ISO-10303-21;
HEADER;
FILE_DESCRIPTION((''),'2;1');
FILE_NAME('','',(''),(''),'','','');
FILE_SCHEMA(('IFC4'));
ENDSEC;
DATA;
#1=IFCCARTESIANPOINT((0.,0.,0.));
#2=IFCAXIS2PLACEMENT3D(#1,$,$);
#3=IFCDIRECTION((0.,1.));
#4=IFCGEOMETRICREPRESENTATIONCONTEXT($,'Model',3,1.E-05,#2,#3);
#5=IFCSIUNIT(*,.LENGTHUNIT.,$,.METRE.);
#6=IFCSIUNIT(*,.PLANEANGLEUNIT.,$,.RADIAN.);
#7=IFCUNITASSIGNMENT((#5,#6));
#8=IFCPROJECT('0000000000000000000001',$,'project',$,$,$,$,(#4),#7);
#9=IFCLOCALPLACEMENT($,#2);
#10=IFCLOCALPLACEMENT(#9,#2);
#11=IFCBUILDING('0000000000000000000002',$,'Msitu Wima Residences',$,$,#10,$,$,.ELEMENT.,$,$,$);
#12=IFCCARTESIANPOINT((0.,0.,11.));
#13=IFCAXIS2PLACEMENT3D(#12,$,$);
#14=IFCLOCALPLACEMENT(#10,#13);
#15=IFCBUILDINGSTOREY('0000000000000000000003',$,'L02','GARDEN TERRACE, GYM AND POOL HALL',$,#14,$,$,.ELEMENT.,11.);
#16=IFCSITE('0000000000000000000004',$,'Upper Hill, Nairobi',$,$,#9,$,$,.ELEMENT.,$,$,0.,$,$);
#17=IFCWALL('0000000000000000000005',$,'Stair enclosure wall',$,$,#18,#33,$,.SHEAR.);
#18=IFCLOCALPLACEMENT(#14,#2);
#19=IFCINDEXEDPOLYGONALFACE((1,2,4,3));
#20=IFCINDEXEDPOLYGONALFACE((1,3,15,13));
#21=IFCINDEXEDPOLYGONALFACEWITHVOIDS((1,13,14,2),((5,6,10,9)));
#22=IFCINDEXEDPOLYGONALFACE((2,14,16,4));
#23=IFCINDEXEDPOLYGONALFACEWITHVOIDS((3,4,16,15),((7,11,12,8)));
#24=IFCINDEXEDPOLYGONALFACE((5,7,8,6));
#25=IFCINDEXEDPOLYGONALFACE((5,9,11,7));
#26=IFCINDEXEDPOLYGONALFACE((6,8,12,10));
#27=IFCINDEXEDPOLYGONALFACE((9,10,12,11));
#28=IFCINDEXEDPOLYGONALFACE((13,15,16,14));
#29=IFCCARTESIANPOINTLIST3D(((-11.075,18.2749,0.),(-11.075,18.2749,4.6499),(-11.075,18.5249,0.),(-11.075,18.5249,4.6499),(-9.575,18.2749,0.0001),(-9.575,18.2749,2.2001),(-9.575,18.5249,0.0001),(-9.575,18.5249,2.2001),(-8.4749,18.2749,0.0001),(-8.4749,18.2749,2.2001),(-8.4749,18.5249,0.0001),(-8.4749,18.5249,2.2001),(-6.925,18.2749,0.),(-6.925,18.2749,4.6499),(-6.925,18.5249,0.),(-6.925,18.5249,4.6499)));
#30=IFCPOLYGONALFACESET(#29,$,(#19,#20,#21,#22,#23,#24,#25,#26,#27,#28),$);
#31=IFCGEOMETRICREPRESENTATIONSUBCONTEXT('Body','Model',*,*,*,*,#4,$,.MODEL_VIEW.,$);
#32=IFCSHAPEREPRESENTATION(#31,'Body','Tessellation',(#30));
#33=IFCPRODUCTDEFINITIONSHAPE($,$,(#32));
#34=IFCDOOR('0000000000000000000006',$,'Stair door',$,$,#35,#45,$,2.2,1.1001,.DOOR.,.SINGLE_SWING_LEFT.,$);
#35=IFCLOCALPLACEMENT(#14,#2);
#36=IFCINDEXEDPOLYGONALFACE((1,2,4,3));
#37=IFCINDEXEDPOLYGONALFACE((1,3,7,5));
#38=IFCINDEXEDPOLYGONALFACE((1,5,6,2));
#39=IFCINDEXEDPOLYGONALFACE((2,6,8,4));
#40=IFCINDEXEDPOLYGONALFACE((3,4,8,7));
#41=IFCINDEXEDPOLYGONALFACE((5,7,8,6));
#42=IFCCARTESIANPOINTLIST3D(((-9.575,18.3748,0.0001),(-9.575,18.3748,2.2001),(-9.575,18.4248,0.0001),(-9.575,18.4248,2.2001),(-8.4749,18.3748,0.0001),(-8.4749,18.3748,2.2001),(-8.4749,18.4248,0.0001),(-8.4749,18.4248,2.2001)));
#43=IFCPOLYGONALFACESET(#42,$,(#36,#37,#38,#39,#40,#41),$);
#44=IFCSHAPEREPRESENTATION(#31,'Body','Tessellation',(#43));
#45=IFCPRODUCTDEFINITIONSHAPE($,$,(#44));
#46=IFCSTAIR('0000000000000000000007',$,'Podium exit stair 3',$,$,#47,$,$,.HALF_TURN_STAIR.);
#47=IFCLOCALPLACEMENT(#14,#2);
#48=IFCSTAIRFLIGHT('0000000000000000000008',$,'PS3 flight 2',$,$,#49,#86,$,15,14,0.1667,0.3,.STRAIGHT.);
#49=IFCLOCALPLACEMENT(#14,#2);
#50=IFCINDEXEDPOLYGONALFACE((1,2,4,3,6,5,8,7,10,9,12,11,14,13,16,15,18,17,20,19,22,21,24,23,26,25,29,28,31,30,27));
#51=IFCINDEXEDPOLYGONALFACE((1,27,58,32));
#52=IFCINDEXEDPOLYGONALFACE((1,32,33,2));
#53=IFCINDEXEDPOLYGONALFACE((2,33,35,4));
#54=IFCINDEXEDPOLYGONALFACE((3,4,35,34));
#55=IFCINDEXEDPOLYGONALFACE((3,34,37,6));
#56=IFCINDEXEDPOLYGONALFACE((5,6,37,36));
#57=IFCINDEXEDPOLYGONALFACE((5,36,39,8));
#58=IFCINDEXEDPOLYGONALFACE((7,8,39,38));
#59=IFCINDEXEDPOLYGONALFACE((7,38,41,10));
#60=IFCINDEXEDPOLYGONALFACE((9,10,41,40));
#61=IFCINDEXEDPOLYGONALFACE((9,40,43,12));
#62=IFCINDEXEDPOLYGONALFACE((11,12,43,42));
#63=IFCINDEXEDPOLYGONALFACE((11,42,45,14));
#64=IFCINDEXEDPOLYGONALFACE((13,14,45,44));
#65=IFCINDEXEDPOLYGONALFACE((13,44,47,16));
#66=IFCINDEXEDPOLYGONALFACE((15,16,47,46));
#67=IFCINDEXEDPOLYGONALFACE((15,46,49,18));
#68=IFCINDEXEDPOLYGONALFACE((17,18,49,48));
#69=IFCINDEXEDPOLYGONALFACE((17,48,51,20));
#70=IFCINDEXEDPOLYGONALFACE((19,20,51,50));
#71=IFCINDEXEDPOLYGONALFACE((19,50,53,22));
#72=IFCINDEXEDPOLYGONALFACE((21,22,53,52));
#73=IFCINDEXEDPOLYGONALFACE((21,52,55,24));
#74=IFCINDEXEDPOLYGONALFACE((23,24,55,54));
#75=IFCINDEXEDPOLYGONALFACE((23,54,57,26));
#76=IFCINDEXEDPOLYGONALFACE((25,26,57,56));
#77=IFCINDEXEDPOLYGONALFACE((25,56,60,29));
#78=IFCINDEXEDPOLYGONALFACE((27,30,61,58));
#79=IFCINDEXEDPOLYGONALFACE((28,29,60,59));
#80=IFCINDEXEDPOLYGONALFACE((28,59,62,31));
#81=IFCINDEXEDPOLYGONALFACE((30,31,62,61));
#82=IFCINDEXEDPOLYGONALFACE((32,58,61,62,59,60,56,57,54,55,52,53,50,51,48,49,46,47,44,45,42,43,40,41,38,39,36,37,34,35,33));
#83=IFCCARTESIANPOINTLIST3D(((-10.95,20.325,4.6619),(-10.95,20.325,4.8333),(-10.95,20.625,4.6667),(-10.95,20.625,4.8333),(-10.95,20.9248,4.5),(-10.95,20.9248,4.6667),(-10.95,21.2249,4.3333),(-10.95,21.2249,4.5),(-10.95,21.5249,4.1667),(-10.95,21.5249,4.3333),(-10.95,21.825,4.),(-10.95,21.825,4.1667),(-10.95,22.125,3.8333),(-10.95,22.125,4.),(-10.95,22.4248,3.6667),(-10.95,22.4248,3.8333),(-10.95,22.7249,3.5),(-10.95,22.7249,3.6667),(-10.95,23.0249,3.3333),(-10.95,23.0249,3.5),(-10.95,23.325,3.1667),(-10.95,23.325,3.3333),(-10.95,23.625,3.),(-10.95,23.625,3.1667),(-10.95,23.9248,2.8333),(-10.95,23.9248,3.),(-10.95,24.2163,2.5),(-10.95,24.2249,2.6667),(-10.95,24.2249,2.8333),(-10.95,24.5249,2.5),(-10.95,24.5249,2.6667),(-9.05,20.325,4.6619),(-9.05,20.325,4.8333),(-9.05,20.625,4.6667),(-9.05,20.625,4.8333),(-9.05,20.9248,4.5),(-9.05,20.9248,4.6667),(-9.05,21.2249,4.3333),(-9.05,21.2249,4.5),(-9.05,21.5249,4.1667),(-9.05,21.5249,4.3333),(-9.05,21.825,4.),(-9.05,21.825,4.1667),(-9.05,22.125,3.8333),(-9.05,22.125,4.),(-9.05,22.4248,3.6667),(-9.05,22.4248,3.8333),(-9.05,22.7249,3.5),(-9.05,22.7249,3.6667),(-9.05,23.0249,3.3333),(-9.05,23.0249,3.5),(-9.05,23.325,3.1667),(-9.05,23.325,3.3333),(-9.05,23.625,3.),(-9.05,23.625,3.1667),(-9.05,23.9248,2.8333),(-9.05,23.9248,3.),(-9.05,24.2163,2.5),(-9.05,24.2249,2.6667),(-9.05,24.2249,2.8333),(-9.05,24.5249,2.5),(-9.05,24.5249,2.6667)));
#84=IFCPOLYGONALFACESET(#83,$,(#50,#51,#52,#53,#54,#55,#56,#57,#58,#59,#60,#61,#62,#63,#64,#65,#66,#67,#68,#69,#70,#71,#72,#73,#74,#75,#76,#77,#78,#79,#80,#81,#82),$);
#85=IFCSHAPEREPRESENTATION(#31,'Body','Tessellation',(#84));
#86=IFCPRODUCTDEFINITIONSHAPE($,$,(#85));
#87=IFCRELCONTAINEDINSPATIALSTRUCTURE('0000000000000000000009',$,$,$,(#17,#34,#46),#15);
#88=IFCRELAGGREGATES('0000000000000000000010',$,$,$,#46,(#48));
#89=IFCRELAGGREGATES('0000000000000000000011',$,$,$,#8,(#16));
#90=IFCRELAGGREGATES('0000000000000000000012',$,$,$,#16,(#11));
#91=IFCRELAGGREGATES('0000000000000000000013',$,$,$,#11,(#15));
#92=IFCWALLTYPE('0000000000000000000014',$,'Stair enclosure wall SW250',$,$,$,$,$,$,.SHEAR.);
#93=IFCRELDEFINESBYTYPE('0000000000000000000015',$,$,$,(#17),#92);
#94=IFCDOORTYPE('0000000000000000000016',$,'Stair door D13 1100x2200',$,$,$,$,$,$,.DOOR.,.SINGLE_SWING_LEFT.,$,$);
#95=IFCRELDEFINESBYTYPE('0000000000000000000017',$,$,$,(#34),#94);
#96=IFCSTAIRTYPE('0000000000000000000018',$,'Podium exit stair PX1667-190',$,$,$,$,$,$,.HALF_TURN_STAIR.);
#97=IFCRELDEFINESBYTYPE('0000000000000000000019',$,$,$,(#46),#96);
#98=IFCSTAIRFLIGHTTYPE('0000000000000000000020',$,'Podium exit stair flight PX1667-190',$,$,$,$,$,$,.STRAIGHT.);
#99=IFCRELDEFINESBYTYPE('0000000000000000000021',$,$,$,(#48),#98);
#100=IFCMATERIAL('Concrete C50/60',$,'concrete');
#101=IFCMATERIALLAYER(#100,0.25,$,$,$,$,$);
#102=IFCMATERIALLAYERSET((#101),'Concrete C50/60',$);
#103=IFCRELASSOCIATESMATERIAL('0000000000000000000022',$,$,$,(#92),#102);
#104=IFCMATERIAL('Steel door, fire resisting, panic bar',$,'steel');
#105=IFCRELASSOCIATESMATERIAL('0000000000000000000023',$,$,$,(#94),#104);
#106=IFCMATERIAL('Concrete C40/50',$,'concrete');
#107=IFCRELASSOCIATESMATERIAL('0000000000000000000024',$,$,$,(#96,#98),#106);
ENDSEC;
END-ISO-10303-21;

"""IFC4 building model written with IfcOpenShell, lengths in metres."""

from ifc_helpers import new_model, si_unit, direction, frame, frame_2d, origin, place, context, subcontext, project, spatial, polyline, rectangle, outline, extrude, material, layer, layer_set, type_object, element, fill, aggregate, save


model = new_model("IFC4")

# Units and contexts
model_context = context("Model", 3, precision=1e-05, world=origin(), true_north=direction((0.0, 1.0)))
body_context = subcontext(model_context, "Body", "Model", "MODEL_VIEW")
ifc_project = project(units=[si_unit("LENGTHUNIT", "METRE"), si_unit("PLANEANGLEUNIT", "RADIAN")], contexts=[model_context])

# Site, building, storey
site_placement = place(None, origin())
site = spatial("IfcSite", under=ifc_project, at=site_placement, Name="Upper Hill, Nairobi", CompositionType="ELEMENT", RefElevation=0.0)
building_placement = place(site_placement, origin())
building = spatial("IfcBuilding", under=site, at=building_placement, Name="Msitu Wima Residences", CompositionType="ELEMENT")
storey_placement = place(building_placement, frame((0.0, 0.0, 11.0)))
storey = spatial("IfcBuildingStorey", under=building, at=storey_placement, Name="L02", Description="GARDEN TERRACE, GYM AND POOL HALL", CompositionType="ELEMENT", Elevation=11.0)

# Shared definitions
ifc_material_1 = material(Name="Steel door, fire resisting, panic bar", Category="steel")

# Shared definitions
ifc_material_2 = material(Name="Concrete C50/60", Category="concrete")
ifc_layer_1 = layer(ifc_material_2, 0.25)
ifc_layer_set_1 = layer_set([ifc_layer_1], Name="Concrete C50/60")
wall_type_1 = type_object("IfcWallType", Name="Stair enclosure wall SW250", PredefinedType="SHEAR", material=ifc_layer_set_1)

# Wall, opening, door
wall_1_placement = place(storey_placement, frame((-11.075, 18.3999, 0.0), z_axis=(0.0, 0.0, 1.0), x_axis=(1.0, 0.0, 0.0)))
wall_1 = element("IfcWall", 1, at=wall_1_placement, inside=storey, type_object=wall_type_1, Name="Stair enclosure wall", PredefinedType="SHEAR", context=body_context, shape_type="SweptSolid", body=[
    extrude(rectangle(XDim=4.1499, YDim=0.25, at=frame_2d((2.075, 0.0))), origin(), (0.0, 0.0, 1.0), 4.6499),
])
opening_1_placement = place(wall_1_placement, frame((1.5, 0.0, 0.0)))
opening_1 = element("IfcOpeningElement", 2, at=opening_1_placement, cuts=wall_1, PredefinedType="OPENING", context=body_context, shape_type="SweptSolid", body=[
    extrude(rectangle(XDim=1.1001, YDim=2.2, at=frame_2d((0.55, 1.1001))), frame((0.0, 0.135, 0.0), z_axis=(0.0, -1.0, 0.0), x_axis=(1.0, 0.0, 0.0)), (0.0, 0.0, 1.0), 0.27),
])
door_type_1 = type_object("IfcDoorType", Name="Stair door D13 1100x2200", OperationType="SINGLE_SWING_LEFT", PredefinedType="DOOR", material=ifc_material_1)
door_1_placement = place(opening_1_placement, origin())
door_1 = element("IfcDoor", 3, at=door_1_placement, inside=storey, type_object=door_type_1, Name="Stair door", OperationType="SINGLE_SWING_LEFT", OverallHeight=2.2, OverallWidth=1.1001, PredefinedType="DOOR", context=body_context, shape_type="SweptSolid", body=[
    extrude(rectangle(XDim=1.1001, YDim=2.2, at=frame_2d((0.55, 1.1001))), frame((0.0, 0.0249, 0.0), z_axis=(0.0, -1.0, 0.0), x_axis=(1.0, 0.0, 0.0)), (0.0, 0.0, 1.0), 0.05),
])
fill(opening_1, door_1)

# Stair, stair flight
ifc_material_3 = material(Name="Concrete C40/50", Category="concrete")
stair_type = type_object("IfcStairType", Name="Podium exit stair PX1667-190", PredefinedType="HALF_TURN_STAIR", material=ifc_material_3)
stair_placement = place(storey_placement, origin())
stair = element("IfcStair", 4, at=stair_placement, inside=storey, type_object=stair_type, Name="Podium exit stair 3", PredefinedType="HALF_TURN_STAIR")
stair_flight_type = type_object("IfcStairFlightType", Name="Podium exit stair flight PX1667-190", PredefinedType="STRAIGHT", material=ifc_material_3)
stair_flight_placement = place(storey_placement, frame((-10.0, 24.5249, 2.5), z_axis=(0.0, 0.0, 1.0), x_axis=(0.0, -1.0, 0.0)))
stair_flight = element("IfcStairFlight", 5, at=stair_flight_placement, type_object=stair_flight_type, Name="PS3 flight 2", NumberOfRisers=15, NumberOfTreads=14, PredefinedType="STRAIGHT", RiserHeight=0.1667, TreadLength=0.3, context=body_context, shape_type="SweptSolid", body=[
    extrude(outline(polyline([(0.0, 0.0), (0.0, 0.1667), (0.3, 0.1667), (0.3, 0.3333), (0.6001, 0.3333), (0.6001, 0.5), (0.8999, 0.5), (0.8999, 0.6667), (1.2, 0.6667), (1.2, 0.8333), (1.5, 0.8333), (1.5, 1.0), (1.8, 1.0), (1.8, 1.1667), (2.1001, 1.1667), (2.1001, 1.3333), (2.3999, 1.3333), (2.3999, 1.5), (2.7, 1.5), (2.7, 1.6667), (3.0, 1.6667), (3.0, 1.8333), (3.3, 1.8333), (3.3, 2.0), (3.6001, 2.0), (3.6001, 2.1667), (3.8999, 2.1667), (3.8999, 2.3333), (4.2, 2.3333), (4.2, 2.5), (4.2, 2.1619), (0.3086, 0.0), (0.0, 0.0)])), frame((0.0, 0.95, 0.0), z_axis=(0.0, -1.0, 0.0), x_axis=(1.0, 0.0, 0.0)), (0.0, 0.0, 1.0), 1.8999),
])
aggregate(stair, [stair_flight])

save(model, "model.ifc")
